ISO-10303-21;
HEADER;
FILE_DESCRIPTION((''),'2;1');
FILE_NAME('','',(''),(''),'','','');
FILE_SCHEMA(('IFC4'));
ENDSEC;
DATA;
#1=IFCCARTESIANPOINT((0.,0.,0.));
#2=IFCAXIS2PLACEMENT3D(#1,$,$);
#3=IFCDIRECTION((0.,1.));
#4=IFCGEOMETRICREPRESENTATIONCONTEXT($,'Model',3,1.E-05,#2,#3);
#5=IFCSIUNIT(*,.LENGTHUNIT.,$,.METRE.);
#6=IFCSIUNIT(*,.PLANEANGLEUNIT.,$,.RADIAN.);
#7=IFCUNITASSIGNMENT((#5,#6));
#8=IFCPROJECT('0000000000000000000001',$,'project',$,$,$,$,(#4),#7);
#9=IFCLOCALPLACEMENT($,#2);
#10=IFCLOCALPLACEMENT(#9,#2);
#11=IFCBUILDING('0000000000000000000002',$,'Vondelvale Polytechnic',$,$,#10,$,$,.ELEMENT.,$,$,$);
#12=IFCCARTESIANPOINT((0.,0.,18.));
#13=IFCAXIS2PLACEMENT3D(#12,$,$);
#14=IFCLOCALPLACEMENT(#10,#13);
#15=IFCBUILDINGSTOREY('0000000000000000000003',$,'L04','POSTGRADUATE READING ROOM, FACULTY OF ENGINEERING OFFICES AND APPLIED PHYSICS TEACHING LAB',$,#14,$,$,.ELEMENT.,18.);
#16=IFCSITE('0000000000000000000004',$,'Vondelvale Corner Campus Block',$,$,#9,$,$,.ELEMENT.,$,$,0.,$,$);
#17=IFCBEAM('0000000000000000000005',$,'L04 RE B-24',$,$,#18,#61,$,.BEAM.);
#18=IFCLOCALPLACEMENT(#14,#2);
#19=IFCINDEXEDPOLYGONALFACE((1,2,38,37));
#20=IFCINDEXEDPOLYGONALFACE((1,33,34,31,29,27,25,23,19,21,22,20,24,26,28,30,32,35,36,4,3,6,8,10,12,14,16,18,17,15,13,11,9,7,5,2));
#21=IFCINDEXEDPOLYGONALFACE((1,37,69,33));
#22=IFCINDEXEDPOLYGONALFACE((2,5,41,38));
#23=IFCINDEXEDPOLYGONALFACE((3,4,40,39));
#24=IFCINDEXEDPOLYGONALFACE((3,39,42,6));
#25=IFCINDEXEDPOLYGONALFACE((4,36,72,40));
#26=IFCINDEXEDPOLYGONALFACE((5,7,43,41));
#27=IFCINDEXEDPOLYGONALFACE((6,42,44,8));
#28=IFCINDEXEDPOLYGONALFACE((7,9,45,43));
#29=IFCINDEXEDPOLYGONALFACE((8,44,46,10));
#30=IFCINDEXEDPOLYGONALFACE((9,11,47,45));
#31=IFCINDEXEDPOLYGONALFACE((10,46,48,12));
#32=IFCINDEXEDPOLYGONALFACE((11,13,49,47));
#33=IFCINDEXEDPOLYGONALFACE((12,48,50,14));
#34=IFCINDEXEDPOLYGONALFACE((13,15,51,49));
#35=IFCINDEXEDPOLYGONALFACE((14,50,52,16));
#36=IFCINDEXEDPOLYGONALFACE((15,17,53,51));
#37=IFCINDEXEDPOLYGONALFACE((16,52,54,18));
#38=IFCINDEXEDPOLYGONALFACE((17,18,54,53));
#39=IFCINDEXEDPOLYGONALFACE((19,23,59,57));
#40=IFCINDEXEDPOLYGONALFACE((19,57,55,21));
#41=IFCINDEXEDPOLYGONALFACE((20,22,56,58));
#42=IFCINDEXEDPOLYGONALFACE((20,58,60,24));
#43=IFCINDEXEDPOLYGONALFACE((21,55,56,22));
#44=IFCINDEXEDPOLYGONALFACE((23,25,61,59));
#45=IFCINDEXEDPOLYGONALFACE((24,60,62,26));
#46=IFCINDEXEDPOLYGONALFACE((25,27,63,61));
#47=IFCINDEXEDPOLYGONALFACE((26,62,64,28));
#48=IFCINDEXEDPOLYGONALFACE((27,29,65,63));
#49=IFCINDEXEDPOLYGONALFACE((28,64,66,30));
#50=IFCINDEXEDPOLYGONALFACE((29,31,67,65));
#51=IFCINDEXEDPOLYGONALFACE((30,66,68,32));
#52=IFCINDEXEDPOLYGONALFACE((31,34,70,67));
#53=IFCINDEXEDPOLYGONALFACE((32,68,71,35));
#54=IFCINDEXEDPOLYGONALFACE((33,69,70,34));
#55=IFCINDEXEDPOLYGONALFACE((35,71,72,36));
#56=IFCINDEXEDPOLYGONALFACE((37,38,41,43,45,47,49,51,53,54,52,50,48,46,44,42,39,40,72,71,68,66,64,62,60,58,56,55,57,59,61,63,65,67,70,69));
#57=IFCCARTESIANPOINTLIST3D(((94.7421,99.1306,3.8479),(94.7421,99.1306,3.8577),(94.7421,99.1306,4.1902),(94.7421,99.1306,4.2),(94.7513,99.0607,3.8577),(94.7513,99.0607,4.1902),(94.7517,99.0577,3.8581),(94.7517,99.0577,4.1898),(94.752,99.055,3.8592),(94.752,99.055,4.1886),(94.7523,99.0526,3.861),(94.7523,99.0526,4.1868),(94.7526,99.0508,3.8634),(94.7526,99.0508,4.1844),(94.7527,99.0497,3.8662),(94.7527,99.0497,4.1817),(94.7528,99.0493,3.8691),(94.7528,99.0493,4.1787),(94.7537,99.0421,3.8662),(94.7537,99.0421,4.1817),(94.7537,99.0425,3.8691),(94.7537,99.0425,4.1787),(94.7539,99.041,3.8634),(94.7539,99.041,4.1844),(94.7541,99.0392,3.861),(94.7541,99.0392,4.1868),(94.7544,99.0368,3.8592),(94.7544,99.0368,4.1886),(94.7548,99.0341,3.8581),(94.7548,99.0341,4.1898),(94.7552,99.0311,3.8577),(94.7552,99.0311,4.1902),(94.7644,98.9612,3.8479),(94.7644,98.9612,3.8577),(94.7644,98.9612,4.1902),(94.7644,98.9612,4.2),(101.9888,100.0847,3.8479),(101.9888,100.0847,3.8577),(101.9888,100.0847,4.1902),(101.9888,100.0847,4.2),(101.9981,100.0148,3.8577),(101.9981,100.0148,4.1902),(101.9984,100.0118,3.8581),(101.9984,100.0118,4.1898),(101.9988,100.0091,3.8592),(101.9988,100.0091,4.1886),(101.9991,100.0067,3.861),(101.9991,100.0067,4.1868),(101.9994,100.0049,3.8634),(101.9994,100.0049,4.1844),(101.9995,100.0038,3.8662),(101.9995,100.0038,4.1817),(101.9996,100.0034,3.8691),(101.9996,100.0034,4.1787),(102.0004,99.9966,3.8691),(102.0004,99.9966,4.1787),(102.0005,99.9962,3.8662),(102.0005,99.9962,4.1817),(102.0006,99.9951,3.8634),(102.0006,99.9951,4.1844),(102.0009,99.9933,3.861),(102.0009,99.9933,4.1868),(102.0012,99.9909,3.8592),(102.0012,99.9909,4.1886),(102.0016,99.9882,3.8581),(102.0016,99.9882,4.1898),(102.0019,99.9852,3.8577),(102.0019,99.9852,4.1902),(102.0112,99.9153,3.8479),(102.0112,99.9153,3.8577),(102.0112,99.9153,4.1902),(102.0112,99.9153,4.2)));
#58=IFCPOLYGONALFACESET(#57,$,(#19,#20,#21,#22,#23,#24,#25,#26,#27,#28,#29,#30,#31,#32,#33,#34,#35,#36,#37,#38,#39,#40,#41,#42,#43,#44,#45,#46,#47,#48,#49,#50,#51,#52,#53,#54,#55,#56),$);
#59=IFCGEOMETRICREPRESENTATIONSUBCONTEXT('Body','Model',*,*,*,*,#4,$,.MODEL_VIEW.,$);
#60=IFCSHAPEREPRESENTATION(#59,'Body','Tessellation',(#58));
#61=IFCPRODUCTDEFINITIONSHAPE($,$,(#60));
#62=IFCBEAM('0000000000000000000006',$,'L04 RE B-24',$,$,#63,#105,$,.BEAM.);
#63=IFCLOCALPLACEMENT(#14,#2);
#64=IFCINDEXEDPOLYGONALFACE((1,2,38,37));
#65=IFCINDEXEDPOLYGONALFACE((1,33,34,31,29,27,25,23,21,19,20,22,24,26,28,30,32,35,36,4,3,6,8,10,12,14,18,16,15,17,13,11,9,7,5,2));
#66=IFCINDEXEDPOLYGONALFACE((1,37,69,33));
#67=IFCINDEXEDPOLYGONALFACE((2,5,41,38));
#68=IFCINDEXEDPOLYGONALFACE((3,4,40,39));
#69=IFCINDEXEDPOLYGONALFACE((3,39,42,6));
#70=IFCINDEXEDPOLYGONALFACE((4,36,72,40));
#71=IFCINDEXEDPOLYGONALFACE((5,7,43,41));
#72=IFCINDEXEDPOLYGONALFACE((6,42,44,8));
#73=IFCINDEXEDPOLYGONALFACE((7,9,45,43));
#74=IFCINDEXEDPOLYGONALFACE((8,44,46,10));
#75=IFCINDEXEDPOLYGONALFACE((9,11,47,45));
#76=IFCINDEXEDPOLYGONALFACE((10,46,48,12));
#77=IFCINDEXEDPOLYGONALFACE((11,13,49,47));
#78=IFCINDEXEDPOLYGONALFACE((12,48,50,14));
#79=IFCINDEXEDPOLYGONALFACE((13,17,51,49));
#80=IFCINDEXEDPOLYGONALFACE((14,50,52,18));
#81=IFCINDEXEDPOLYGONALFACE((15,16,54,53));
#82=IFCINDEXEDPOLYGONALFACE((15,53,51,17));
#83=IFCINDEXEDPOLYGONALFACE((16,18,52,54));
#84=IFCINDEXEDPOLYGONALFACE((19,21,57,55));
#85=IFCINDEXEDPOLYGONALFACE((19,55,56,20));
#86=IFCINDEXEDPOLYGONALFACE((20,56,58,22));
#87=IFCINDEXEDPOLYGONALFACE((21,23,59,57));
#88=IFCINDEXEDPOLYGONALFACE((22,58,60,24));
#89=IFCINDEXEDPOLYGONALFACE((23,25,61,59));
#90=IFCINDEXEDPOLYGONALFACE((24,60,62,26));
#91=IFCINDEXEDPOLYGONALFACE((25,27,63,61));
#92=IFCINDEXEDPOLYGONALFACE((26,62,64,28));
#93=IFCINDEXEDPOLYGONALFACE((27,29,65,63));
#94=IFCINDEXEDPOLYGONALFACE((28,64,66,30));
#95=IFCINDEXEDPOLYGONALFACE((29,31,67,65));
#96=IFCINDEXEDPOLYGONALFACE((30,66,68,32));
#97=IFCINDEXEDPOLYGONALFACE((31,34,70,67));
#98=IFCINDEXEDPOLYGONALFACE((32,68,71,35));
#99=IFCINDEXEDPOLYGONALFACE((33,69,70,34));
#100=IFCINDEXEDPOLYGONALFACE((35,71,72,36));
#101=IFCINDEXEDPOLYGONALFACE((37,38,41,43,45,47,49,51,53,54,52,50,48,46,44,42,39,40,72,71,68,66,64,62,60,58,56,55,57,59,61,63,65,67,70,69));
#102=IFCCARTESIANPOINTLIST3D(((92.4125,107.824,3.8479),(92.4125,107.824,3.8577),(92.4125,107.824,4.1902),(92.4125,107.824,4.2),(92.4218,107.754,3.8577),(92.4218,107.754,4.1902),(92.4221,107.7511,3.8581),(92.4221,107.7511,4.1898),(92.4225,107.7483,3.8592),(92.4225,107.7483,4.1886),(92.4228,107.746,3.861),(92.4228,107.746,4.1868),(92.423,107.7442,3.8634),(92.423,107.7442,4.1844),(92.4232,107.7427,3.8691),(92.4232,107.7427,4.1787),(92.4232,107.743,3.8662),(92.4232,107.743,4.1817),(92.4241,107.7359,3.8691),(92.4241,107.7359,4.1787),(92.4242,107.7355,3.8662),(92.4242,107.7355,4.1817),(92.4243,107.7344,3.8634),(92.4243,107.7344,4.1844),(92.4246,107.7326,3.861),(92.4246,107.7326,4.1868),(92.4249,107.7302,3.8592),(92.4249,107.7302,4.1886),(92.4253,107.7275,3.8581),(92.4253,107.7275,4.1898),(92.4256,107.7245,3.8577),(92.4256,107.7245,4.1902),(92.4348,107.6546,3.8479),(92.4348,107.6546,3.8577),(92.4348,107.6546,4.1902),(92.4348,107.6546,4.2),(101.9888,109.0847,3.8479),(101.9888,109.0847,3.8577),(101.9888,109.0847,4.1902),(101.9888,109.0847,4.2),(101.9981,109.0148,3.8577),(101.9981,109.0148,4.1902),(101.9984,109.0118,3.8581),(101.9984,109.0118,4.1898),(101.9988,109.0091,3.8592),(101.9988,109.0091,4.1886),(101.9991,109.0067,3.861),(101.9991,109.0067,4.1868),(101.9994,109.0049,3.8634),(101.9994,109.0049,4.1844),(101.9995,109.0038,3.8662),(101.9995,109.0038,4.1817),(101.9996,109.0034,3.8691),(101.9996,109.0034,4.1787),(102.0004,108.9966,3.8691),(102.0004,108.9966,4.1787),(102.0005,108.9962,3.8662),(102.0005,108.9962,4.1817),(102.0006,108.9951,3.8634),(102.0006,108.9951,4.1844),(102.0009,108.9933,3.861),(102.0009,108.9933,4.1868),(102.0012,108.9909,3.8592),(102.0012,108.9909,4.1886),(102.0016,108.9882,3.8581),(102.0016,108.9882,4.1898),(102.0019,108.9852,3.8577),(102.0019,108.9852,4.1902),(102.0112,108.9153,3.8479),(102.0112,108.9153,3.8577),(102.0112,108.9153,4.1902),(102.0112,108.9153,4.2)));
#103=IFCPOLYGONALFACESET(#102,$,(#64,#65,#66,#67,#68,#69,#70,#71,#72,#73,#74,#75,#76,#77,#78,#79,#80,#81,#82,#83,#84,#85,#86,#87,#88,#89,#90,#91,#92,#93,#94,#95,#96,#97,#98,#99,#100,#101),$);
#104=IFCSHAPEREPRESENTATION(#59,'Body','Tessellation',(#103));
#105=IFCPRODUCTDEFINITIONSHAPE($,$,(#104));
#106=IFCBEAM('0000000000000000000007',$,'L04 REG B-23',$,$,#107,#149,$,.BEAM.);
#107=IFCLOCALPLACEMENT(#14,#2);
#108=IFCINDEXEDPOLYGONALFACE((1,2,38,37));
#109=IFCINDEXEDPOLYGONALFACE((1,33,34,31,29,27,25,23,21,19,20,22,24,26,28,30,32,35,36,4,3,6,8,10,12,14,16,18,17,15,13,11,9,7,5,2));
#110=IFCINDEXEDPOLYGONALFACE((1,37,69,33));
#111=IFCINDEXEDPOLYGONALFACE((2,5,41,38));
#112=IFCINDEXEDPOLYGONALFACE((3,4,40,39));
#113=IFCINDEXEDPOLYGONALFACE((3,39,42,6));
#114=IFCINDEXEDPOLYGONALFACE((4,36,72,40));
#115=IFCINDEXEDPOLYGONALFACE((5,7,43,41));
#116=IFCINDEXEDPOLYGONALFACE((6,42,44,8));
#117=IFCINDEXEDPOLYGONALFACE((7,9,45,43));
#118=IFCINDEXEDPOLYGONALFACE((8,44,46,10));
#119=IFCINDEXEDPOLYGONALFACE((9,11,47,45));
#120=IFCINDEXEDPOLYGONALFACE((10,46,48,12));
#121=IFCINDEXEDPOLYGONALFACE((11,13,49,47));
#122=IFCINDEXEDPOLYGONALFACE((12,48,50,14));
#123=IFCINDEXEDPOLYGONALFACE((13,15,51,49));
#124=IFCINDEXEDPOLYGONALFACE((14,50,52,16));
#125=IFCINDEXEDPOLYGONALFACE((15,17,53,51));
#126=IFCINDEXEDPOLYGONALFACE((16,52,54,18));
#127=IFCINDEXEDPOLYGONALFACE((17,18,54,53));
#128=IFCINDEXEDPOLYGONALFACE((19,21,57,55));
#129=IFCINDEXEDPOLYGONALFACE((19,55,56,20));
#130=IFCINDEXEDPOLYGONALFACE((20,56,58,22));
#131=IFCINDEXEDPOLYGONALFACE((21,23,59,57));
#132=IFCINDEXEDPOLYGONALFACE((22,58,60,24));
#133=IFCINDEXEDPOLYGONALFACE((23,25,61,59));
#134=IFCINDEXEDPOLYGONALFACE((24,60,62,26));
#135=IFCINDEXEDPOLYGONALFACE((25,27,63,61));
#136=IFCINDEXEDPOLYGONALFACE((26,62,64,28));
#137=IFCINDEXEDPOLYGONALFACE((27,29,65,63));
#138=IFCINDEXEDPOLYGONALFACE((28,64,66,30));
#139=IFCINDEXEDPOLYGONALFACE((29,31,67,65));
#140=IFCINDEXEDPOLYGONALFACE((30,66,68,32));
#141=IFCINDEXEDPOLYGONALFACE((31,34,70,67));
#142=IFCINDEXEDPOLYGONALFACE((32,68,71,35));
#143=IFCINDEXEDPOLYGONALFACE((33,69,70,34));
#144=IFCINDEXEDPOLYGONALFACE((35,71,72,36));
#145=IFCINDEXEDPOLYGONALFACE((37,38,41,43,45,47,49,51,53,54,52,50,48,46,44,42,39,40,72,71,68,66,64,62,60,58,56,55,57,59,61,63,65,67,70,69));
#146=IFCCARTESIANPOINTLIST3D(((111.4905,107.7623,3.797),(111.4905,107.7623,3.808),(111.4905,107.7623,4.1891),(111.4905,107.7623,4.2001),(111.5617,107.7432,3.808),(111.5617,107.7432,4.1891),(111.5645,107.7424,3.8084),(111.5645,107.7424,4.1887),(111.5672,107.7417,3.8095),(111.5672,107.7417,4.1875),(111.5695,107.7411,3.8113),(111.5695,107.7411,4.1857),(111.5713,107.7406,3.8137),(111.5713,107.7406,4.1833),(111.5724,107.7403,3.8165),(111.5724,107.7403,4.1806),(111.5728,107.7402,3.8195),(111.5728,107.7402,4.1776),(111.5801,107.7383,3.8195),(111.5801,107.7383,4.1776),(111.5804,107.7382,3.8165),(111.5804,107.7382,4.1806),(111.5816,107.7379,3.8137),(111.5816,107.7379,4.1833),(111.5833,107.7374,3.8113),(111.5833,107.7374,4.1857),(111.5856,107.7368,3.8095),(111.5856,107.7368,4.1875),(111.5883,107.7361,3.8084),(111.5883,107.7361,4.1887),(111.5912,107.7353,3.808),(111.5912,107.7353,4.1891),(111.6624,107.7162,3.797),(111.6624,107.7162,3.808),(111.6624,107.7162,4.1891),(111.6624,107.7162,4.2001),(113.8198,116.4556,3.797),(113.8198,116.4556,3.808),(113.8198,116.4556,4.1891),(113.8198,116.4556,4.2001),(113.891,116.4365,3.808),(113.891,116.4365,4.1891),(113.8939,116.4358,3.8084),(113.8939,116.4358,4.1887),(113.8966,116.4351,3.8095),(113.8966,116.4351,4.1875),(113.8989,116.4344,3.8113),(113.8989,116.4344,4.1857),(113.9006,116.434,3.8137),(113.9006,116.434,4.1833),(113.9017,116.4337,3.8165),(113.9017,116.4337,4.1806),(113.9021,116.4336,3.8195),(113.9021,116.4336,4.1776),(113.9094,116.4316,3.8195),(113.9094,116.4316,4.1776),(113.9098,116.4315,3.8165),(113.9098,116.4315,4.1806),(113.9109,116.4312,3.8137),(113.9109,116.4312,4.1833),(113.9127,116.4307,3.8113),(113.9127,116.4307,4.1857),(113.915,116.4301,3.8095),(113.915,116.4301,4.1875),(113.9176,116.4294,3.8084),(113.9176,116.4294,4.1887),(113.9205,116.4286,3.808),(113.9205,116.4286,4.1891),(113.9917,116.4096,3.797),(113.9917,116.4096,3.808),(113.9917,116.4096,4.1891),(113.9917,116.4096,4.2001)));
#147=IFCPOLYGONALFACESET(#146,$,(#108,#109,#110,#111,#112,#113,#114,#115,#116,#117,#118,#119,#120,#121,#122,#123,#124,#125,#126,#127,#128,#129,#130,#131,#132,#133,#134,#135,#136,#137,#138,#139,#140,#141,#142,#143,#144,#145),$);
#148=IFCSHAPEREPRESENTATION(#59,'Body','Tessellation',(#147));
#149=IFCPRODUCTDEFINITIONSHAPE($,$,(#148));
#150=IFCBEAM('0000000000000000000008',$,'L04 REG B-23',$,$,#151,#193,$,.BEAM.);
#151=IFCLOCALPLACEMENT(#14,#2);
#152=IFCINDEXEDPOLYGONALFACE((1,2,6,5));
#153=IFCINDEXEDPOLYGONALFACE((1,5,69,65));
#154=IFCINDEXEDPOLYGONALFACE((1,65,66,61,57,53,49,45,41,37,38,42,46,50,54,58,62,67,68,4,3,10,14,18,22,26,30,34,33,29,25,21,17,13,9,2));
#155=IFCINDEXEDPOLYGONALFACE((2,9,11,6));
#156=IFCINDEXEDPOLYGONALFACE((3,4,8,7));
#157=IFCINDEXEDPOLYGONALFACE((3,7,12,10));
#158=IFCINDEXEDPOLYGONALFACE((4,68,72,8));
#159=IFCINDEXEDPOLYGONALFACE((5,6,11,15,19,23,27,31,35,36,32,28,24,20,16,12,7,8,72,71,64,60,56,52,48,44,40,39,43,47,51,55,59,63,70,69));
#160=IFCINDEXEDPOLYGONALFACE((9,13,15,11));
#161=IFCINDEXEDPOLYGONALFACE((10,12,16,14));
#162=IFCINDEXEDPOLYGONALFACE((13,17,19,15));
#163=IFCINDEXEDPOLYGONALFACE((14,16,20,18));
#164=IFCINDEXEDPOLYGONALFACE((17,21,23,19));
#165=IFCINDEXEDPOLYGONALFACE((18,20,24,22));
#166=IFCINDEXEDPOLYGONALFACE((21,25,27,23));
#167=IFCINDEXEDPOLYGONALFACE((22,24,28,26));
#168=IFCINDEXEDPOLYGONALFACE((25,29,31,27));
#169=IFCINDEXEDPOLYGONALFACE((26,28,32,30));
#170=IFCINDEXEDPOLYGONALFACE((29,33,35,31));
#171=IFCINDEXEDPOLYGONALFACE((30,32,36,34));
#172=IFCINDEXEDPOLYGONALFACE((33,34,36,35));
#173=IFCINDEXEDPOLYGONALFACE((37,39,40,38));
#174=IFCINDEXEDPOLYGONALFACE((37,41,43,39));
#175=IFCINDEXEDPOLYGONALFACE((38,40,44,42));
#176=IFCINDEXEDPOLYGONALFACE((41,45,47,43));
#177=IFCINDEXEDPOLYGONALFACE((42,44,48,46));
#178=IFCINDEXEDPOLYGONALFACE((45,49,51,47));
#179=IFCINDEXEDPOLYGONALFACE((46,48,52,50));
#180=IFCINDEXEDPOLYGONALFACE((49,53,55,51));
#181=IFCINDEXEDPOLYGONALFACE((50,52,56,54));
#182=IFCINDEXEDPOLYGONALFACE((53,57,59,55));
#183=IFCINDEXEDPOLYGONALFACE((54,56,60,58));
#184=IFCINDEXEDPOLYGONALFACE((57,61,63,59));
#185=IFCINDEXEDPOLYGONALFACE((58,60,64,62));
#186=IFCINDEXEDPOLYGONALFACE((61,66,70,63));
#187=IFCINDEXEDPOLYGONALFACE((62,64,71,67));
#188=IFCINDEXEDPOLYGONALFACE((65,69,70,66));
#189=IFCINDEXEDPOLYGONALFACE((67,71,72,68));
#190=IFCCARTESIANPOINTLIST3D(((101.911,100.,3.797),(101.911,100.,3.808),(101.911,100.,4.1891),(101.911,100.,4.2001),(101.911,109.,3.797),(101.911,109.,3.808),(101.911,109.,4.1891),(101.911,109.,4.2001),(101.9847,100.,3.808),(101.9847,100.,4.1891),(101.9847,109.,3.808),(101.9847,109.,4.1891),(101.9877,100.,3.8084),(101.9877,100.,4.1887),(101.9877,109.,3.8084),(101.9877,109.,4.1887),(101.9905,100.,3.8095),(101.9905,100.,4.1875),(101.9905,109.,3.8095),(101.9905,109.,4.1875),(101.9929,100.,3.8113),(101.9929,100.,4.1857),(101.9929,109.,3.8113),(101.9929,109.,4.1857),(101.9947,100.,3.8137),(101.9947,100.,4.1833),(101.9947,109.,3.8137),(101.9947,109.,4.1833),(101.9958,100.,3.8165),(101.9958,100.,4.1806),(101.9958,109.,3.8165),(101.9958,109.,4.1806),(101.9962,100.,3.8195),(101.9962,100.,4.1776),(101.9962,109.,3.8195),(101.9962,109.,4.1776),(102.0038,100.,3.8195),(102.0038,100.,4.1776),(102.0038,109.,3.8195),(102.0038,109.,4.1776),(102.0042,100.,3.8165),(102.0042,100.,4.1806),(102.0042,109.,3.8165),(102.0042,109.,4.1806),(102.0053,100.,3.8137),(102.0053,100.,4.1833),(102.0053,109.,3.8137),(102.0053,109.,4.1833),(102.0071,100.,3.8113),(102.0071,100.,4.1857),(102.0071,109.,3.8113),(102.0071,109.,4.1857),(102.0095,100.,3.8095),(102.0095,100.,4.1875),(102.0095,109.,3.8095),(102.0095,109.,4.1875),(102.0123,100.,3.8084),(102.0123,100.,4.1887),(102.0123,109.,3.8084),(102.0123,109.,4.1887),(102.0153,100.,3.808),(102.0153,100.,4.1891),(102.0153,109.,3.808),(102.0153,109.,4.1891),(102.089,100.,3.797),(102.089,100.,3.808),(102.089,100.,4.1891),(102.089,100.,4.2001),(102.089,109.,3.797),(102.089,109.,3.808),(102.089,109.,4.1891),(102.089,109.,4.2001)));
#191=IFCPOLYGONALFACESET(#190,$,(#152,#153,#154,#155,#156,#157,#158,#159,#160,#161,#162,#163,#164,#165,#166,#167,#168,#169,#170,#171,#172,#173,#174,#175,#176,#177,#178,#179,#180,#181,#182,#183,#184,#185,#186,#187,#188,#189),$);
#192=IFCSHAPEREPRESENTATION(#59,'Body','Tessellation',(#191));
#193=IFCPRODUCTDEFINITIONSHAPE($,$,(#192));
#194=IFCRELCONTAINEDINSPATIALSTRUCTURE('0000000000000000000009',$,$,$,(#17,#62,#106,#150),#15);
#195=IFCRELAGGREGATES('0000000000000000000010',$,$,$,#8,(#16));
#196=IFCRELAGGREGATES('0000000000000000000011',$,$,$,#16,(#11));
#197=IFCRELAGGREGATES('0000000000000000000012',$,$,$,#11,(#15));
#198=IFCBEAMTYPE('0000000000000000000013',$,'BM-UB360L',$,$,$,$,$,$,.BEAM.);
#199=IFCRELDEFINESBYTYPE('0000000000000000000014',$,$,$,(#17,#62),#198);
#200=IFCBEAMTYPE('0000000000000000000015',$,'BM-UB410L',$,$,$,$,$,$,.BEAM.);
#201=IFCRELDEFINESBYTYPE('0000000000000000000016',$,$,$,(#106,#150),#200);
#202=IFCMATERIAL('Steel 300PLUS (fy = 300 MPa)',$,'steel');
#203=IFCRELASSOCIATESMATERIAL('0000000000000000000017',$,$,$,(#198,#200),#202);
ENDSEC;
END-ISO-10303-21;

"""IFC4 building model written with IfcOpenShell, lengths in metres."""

from ifc_helpers import new_model, si_unit, direction, frame, origin, origin_2d, place, context, subcontext, project, spatial, i_section, extrude, material, material_profile, profile_set, type_object, element, save


model = new_model("IFC4")

# Units and contexts
model_context = context("Model", 3, precision=1e-05, world=origin(), true_north=direction((0.0, 1.0)))
body_context = subcontext(model_context, "Body", "Model", "MODEL_VIEW")
ifc_project = project(units=[si_unit("LENGTHUNIT", "METRE"), si_unit("PLANEANGLEUNIT", "RADIAN")], contexts=[model_context])

# Site, building, storey
site_placement = place(None, origin())
site = spatial("IfcSite", under=ifc_project, at=site_placement, Name="Vondelvale Corner Campus Block", CompositionType="ELEMENT", RefElevation=0.0)
building_placement = place(site_placement, origin())
building = spatial("IfcBuilding", under=site, at=building_placement, Name="Vondelvale Polytechnic", CompositionType="ELEMENT")
storey_placement = place(building_placement, frame((0.0, 0.0, 18.0)))
storey = spatial("IfcBuildingStorey", under=building, at=storey_placement, Name="L04", Description="POSTGRADUATE READING ROOM, FACULTY OF ENGINEERING OFFICES AND APPLIED PHYSICS TEACHING LAB", CompositionType="ELEMENT", Elevation=18.0)

# Shared definitions
ifc_material_1 = material(Name="Steel 300PLUS (fy = 300 MPa)", Category="steel")

# Beams
ifc_material_profile_1 = material_profile(ifc_material_1, i_section(OverallWidth=0.1709, OverallDepth=0.3521, WebThickness=0.0068, FlangeThickness=0.0098, FilletRadius=0.0115, at=origin_2d()), Name="360UB44.7")
ifc_profile_set_1 = profile_set([ifc_material_profile_1], Name="Steel 300PLUS (fy = 300 MPa)")
beam_type_1 = type_object("IfcBeamType", Name="BM-UB360L", PredefinedType="BEAM", material=ifc_profile_set_1)
beam_1_placement = place(storey_placement, frame((102.0, 100.0, 4.0239), z_axis=(-0.991444, -0.130531, 0.0), x_axis=(0.130531, -0.991444, 0.0)))
element("IfcBeam", 1, at=beam_1_placement, inside=storey, type_object=beam_type_1, Name="L04 RE B-24", PredefinedType="BEAM", context=body_context, shape_type="SweptSolid", body=[
    extrude(i_section(OverallWidth=0.1709, OverallDepth=0.3521, WebThickness=0.0068, FlangeThickness=0.0098, FilletRadius=0.0115, at=origin_2d()), origin(), (0.0, 0.0, 1.0), 7.3093),
])
beam_2_placement = place(storey_placement, frame((102.0, 109.0, 4.0239), z_axis=(-0.991445, -0.130524, 0.0), x_axis=(0.130524, -0.991445, 0.0)))
element("IfcBeam", 2, at=beam_2_placement, inside=storey, type_object=beam_type_1, Name="L04 RE B-24", PredefinedType="BEAM", context=body_context, shape_type="SweptSolid", body=[
    extrude(i_section(OverallWidth=0.1709, OverallDepth=0.3521, WebThickness=0.0068, FlangeThickness=0.0098, FilletRadius=0.0115, at=origin_2d()), origin(), (0.0, 0.0, 1.0), 9.6589),
])
ifc_material_profile_2 = material_profile(ifc_material_1, i_section(OverallWidth=0.178, OverallDepth=0.4031, WebThickness=0.0076, FlangeThickness=0.011, FilletRadius=0.0115, at=origin_2d()), Name="410UB53.7")
ifc_profile_set_2 = profile_set([ifc_material_profile_2], Name="Steel 300PLUS (fy = 300 MPa)")
beam_type_2 = type_object("IfcBeamType", Name="BM-UB410L", PredefinedType="BEAM", material=ifc_profile_set_2)
for number, where, z_axis, x_axis, name in (
    (3, (111.5764, 107.7393, 3.9985), (0.258816, 0.965927, 0.0), (-0.965927, 0.258816, 0.0), "L04 REG B-23"),
    (4, (102.0, 100.0, 3.9985), (0.0, 1.0, 0.0), (-1.0, 0.0, 0.0), "L04 REG B-23"),
):
    element("IfcBeam", number, at=place(storey_placement, frame(where, z_axis=z_axis, x_axis=x_axis)), inside=storey, type_object=beam_type_2, Name=name, PredefinedType="BEAM", context=body_context, shape_type="SweptSolid", body=[
        extrude(i_section(OverallWidth=0.178, OverallDepth=0.4031, WebThickness=0.0076, FlangeThickness=0.011, FilletRadius=0.0115, at=origin_2d()), origin(), (0.0, 0.0, 1.0), 9.0),
    ])

save(model, "model.ifc")
